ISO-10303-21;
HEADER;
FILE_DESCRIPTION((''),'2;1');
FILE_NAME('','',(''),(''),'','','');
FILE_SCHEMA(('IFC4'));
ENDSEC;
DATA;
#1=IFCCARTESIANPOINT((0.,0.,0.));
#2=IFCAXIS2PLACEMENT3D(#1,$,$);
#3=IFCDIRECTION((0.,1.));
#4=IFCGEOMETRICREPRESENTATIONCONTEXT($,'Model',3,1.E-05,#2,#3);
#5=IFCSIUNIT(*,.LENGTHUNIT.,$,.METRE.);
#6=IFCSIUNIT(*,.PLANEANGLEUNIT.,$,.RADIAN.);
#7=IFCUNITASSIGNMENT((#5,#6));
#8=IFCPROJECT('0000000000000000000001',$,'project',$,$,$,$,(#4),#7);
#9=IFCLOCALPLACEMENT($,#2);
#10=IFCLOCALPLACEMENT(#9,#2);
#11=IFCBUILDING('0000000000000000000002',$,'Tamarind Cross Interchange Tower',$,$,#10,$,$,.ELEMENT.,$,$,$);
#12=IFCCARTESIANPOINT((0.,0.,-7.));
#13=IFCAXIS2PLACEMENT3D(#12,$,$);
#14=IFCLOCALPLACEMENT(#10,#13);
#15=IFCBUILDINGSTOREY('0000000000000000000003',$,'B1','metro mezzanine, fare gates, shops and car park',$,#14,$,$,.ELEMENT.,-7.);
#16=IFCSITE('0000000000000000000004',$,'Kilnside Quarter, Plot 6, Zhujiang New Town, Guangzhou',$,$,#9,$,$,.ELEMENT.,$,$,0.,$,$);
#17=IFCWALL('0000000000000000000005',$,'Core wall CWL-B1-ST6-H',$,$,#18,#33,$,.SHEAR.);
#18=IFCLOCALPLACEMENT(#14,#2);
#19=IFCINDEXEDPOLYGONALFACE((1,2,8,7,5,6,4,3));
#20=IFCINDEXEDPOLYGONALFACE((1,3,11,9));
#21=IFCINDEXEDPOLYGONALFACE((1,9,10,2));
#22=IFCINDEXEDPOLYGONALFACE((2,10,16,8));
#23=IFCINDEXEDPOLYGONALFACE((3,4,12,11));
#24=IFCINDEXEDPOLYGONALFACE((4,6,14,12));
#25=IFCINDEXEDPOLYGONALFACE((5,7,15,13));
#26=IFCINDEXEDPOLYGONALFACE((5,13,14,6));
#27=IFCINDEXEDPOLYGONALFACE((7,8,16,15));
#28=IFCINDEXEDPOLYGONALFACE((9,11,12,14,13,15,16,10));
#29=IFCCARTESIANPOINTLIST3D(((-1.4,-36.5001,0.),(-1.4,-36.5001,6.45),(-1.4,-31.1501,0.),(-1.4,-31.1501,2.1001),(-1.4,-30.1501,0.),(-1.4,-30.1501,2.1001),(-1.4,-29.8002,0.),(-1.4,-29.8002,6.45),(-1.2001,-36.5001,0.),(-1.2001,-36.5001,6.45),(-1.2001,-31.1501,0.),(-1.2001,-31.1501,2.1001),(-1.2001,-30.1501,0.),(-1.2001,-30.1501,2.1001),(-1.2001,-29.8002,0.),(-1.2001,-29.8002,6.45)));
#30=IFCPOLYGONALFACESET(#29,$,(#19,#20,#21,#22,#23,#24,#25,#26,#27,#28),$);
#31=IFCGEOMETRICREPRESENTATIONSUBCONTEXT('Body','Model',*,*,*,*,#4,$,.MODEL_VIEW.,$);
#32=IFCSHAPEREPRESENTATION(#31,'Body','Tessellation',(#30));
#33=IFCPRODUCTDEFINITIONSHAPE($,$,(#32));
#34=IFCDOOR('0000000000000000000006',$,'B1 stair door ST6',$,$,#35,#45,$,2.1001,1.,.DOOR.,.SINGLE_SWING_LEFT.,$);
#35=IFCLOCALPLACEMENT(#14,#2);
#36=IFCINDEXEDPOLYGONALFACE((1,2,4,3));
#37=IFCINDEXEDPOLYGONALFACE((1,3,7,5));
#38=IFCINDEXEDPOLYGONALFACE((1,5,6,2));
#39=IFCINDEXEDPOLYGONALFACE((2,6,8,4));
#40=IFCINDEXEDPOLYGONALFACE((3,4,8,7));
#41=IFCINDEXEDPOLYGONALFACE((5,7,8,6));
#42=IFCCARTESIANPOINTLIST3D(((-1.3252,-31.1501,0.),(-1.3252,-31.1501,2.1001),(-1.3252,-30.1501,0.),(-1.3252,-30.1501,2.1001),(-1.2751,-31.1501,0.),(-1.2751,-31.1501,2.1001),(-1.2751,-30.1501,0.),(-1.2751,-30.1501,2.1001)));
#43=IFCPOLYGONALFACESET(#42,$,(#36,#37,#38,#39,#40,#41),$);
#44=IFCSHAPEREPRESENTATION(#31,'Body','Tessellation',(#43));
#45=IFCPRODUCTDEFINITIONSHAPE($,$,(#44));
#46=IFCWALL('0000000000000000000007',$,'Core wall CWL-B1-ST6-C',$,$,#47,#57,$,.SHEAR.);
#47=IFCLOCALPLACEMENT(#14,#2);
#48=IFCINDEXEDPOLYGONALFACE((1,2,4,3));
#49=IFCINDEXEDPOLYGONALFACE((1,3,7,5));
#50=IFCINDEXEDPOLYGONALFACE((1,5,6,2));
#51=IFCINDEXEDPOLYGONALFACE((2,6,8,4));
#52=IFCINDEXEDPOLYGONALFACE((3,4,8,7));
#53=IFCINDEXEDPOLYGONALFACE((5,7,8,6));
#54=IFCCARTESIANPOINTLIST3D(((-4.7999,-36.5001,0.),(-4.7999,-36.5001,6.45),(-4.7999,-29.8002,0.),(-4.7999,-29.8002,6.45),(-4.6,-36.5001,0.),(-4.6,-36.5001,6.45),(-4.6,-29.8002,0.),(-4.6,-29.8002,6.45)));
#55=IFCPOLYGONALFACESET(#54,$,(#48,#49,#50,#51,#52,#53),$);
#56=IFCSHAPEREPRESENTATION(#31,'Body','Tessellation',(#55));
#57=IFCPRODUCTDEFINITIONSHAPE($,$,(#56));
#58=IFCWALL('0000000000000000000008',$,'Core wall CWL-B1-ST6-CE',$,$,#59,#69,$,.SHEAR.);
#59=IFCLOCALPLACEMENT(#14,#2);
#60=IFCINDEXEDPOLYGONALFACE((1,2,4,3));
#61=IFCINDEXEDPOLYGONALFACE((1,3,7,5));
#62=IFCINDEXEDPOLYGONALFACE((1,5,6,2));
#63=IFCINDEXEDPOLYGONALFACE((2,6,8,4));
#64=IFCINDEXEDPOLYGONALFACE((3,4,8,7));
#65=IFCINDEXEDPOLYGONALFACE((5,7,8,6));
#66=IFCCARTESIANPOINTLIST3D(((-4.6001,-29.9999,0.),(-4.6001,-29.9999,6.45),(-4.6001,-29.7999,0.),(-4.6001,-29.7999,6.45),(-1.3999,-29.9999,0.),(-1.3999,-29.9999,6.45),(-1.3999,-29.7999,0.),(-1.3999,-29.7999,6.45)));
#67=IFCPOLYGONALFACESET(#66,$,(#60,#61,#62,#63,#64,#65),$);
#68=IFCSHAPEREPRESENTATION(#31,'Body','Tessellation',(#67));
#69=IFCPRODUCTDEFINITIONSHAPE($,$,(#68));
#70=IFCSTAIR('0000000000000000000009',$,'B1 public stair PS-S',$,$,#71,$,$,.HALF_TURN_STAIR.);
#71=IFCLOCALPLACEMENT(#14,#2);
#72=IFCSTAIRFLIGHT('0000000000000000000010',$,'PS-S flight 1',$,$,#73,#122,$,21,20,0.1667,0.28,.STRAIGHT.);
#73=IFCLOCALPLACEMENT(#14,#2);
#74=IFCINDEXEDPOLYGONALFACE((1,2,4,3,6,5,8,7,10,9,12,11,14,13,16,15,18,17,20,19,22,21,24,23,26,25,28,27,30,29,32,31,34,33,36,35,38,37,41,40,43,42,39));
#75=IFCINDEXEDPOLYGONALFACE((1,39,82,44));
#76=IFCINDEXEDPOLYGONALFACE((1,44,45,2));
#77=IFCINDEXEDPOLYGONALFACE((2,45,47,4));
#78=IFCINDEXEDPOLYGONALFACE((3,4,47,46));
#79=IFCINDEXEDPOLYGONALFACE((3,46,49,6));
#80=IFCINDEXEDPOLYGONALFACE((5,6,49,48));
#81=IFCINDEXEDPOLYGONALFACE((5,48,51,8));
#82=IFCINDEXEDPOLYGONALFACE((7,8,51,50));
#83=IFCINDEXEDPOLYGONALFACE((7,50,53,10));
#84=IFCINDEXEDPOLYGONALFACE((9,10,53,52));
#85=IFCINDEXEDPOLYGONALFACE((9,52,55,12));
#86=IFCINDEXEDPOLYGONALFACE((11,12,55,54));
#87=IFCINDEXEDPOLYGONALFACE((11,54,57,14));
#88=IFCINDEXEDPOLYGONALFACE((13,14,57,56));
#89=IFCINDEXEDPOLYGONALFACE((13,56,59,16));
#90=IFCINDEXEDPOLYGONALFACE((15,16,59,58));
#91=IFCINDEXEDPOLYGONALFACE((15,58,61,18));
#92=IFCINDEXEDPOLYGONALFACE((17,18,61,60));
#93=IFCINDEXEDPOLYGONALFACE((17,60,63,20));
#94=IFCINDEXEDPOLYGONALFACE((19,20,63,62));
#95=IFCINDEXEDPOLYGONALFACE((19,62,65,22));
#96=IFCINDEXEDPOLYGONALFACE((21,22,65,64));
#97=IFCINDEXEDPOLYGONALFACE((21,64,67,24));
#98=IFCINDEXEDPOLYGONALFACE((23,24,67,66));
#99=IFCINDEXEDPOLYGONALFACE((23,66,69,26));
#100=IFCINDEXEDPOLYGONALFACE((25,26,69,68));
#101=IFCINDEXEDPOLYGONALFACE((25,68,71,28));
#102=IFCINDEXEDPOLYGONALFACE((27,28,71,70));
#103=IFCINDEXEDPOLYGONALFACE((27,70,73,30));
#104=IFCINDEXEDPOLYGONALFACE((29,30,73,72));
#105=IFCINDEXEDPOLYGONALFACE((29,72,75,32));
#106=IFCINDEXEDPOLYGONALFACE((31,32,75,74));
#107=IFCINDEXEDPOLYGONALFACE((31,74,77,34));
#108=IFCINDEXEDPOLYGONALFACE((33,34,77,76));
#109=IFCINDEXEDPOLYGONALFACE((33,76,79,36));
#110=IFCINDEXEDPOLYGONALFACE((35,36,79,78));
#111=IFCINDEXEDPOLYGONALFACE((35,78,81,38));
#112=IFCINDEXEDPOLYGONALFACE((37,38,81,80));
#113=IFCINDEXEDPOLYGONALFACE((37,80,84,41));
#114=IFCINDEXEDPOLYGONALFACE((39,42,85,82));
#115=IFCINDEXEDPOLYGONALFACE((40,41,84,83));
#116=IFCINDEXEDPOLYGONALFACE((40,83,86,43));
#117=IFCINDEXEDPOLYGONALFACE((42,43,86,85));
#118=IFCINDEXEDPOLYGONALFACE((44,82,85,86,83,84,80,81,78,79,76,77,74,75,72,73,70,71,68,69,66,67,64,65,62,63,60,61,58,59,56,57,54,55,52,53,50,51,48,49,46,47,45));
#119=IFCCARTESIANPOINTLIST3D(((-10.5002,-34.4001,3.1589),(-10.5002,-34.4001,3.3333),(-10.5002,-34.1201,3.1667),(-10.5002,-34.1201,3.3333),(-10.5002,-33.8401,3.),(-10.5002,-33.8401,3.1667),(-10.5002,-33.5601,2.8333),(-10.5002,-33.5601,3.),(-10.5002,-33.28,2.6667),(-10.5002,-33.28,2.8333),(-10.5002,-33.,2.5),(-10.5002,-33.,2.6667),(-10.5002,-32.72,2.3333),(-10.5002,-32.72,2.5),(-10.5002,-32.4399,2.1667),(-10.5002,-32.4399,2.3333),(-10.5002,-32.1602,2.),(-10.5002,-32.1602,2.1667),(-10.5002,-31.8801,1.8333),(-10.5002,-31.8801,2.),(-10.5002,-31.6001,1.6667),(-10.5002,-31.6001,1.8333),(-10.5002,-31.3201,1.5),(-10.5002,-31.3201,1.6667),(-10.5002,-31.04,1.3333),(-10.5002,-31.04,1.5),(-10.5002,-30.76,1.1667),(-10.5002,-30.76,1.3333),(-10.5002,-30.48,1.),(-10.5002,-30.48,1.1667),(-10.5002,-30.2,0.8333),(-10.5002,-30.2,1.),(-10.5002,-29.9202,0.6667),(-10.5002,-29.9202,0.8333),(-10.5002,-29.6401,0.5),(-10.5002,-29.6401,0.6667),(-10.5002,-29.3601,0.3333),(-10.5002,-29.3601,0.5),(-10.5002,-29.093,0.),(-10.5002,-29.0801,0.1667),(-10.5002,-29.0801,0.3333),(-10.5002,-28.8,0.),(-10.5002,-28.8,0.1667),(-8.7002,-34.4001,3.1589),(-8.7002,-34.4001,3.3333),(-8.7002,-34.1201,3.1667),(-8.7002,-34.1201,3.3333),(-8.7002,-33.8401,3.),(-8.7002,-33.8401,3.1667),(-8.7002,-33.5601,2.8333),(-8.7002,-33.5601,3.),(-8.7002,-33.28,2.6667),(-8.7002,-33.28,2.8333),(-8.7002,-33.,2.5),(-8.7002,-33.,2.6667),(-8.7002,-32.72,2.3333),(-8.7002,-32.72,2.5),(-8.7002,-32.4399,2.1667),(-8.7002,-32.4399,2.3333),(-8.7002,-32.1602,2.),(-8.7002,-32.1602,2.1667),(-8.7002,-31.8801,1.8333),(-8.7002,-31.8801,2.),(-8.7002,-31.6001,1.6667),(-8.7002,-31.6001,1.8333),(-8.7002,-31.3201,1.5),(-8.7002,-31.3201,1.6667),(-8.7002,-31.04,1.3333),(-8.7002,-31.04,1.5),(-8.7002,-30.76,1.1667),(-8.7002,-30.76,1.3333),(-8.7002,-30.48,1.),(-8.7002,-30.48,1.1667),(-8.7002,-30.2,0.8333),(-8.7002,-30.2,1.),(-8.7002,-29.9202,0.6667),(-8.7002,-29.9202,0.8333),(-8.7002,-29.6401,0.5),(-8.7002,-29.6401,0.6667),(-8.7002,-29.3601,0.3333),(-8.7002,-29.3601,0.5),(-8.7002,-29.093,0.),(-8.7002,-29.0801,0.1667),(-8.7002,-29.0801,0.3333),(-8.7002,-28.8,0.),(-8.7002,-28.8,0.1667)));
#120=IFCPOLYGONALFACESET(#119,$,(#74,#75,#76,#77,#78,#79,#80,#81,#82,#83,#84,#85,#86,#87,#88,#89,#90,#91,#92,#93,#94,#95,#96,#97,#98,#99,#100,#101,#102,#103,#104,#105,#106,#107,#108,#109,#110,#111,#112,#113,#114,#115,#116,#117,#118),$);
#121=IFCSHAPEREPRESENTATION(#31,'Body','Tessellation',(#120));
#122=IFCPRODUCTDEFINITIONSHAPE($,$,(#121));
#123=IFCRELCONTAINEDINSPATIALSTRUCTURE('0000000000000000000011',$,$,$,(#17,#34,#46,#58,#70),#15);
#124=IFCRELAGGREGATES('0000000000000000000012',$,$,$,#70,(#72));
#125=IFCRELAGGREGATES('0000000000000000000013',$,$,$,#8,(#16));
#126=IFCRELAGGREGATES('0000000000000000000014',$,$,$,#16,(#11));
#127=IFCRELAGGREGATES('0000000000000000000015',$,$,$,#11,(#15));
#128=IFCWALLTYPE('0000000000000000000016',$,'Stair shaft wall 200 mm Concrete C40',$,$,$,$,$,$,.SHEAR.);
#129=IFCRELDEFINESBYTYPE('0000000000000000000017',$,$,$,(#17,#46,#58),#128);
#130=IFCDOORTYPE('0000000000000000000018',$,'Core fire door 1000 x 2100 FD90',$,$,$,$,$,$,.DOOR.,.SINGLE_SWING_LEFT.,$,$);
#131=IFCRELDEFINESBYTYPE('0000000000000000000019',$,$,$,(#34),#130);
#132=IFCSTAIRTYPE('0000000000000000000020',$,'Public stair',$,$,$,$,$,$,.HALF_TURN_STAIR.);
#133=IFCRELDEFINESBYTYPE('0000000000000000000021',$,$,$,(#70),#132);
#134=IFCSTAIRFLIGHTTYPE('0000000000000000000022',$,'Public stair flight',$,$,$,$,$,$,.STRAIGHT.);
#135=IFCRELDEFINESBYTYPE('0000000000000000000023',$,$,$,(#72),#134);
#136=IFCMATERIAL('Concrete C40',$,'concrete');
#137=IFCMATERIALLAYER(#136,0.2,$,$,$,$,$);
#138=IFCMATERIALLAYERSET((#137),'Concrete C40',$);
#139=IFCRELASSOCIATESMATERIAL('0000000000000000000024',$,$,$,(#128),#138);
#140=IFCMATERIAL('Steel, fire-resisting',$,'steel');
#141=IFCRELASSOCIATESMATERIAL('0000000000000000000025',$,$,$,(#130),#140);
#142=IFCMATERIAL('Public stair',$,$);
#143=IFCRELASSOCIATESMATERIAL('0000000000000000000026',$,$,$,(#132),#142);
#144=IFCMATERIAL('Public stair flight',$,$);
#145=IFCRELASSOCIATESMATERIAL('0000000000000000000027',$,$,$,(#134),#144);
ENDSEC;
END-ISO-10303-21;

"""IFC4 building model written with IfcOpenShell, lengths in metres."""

from ifc_helpers import new_model, si_unit, direction, frame, frame_2d, origin, place, context, subcontext, project, spatial, polyline, rectangle, outline, extrude, material, layer, layer_set, type_object, element, fill, aggregate, save


model = new_model("IFC4")

# Units and contexts
model_context = context("Model", 3, precision=1e-05, world=origin(), true_north=direction((0.0, 1.0)))
body_context = subcontext(model_context, "Body", "Model", "MODEL_VIEW")
ifc_project = project(units=[si_unit("LENGTHUNIT", "METRE"), si_unit("PLANEANGLEUNIT", "RADIAN")], contexts=[model_context])

# Site, building, storey
site_placement = place(None, origin())
site = spatial("IfcSite", under=ifc_project, at=site_placement, Name="Kilnside Quarter, Plot 6, Zhujiang New Town, Guangzhou", CompositionType="ELEMENT", RefElevation=0.0)
building_placement = place(site_placement, origin())
building = spatial("IfcBuilding", under=site, at=building_placement, Name="Tamarind Cross Interchange Tower", CompositionType="ELEMENT")
storey_placement = place(building_placement, frame((0.0, 0.0, -7.0)))
storey = spatial("IfcBuildingStorey", under=building, at=storey_placement, Name="B1", Description="metro mezzanine, fare gates, shops and car park", CompositionType="ELEMENT", Elevation=-7.0)

# Shared definitions
ifc_material_1 = material(Name="Concrete C40", Category="concrete")

# Wall, opening, door
ifc_layer_1 = layer(ifc_material_1, 0.2)
ifc_layer_set_1 = layer_set([ifc_layer_1], Name="Concrete C40")
wall_type_1 = type_object("IfcWallType", Name="Stair shaft wall 200 mm Concrete C40", PredefinedType="SHEAR", material=ifc_layer_set_1)
wall_1_placement = place(storey_placement, frame((-1.3, -29.8, 0.0), z_axis=(0.0, 0.0, 1.0), x_axis=(0.0, -1.0, 0.0)))
wall_1 = element("IfcWall", 1, at=wall_1_placement, inside=storey, type_object=wall_type_1, Name="Core wall CWL-B1-ST6-H", PredefinedType="SHEAR", context=body_context, shape_type="SweptSolid", body=[
    extrude(rectangle(XDim=6.7, YDim=0.2, at=frame_2d((3.3501, 0.0))), origin(), (0.0, 0.0, 1.0), 6.45),
])
opening_placement = place(wall_1_placement, frame((0.3501, 0.0, 0.0)))
opening = element("IfcOpeningElement", 2, at=opening_placement, cuts=wall_1, PredefinedType="OPENING", context=body_context, shape_type="SweptSolid", body=[
    extrude(rectangle(XDim=1.0, YDim=2.1001, at=frame_2d((0.5, 1.05))), frame((0.0, 0.1099, 0.0), z_axis=(0.0, -1.0, 0.0), x_axis=(1.0, 0.0, 0.0)), (0.0, 0.0, 1.0), 0.22),
])
ifc_material_2 = material(Name="Steel, fire-resisting", Category="steel")
door_type = type_object("IfcDoorType", Name="Core fire door 1000 x 2100 FD90", OperationType="SINGLE_SWING_LEFT", PredefinedType="DOOR", material=ifc_material_2)
door_placement = place(opening_placement, origin())
door = element("IfcDoor", 3, at=door_placement, inside=storey, type_object=door_type, Name="B1 stair door ST6", OperationType="SINGLE_SWING_LEFT", OverallHeight=2.1001, OverallWidth=1.0, PredefinedType="DOOR", context=body_context, shape_type="SweptSolid", body=[
    extrude(rectangle(XDim=1.0, YDim=2.1001, at=frame_2d((0.5, 1.05))), frame((0.0, 0.0249, 0.0), z_axis=(0.0, -1.0, 0.0), x_axis=(1.0, 0.0, 0.0)), (0.0, 0.0, 1.0), 0.05),
])
fill(opening, door)

# Walls
wall_2_placement = place(storey_placement, frame((-4.7, -29.8, 0.0), z_axis=(0.0, 0.0, 1.0), x_axis=(0.0, -1.0, 0.0)))
element("IfcWall", 4, at=wall_2_placement, inside=storey, type_object=wall_type_1, Name="Core wall CWL-B1-ST6-C", PredefinedType="SHEAR", context=body_context, shape_type="SweptSolid", body=[
    extrude(rectangle(XDim=6.7, YDim=0.2, at=frame_2d((3.3501, 0.0))), origin(), (0.0, 0.0, 1.0), 6.45),
])
wall_3_placement = place(storey_placement, frame((-4.6001, -29.8999, 0.0), z_axis=(0.0, 0.0, 1.0), x_axis=(1.0, 0.0, 0.0)))
element("IfcWall", 5, at=wall_3_placement, inside=storey, type_object=wall_type_1, Name="Core wall CWL-B1-ST6-CE", PredefinedType="SHEAR", context=body_context, shape_type="SweptSolid", body=[
    extrude(rectangle(XDim=3.2002, YDim=0.2, at=frame_2d((1.6001, 0.0))), origin(), (0.0, 0.0, 1.0), 6.45),
])

# Stair, stair flight
ifc_material_3 = material(Name="Public stair")
stair_type = type_object("IfcStairType", Name="Public stair", PredefinedType="HALF_TURN_STAIR", material=ifc_material_3)
stair_placement = place(storey_placement, origin())
stair = element("IfcStair", 6, at=stair_placement, inside=storey, type_object=stair_type, Name="B1 public stair PS-S", PredefinedType="HALF_TURN_STAIR")
ifc_material_4 = material(Name="Public stair flight")
stair_flight_type = type_object("IfcStairFlightType", Name="Public stair flight", PredefinedType="STRAIGHT", material=ifc_material_4)
stair_flight_placement = place(storey_placement, frame((-9.6001, -28.8, 0.0), z_axis=(0.0, 0.0, 1.0), x_axis=(0.0, -1.0, 0.0)))
stair_flight = element("IfcStairFlight", 7, at=stair_flight_placement, type_object=stair_flight_type, Name="PS-S flight 1", NumberOfRisers=21, NumberOfTreads=20, PredefinedType="STRAIGHT", RiserHeight=0.1667, TreadLength=0.28, context=body_context, shape_type="SweptSolid", body=[
    extrude(outline(polyline([(0.0, 0.0), (0.0, 0.1667), (0.28, 0.1667), (0.28, 0.3333), (0.5601, 0.3333), (0.5601, 0.5), (0.8401, 0.5), (0.8401, 0.6667), (1.1201, 0.6667), (1.1201, 0.8333), (1.3999, 0.8333), (1.3999, 1.0), (1.6799, 1.0), (1.6799, 1.1667), (1.96, 1.1667), (1.96, 1.3333), (2.24, 1.3333), (2.24, 1.5), (2.52, 1.5), (2.52, 1.6667), (2.8, 1.6667), (2.8, 1.8333), (3.0801, 1.8333), (3.0801, 2.0), (3.3601, 2.0), (3.3601, 2.1667), (3.6399, 2.1667), (3.6399, 2.3333), (3.9199, 2.3333), (3.9199, 2.5), (4.2, 2.5), (4.2, 2.6667), (4.48, 2.6667), (4.48, 2.8333), (4.76, 2.8333), (4.76, 3.0), (5.04, 3.0), (5.04, 3.1667), (5.3201, 3.1667), (5.3201, 3.3333), (5.6001, 3.3333), (5.6001, 3.5), (5.6001, 3.1589), (0.293, 0.0), (0.0, 0.0)])), frame((0.0, 0.8999, 0.0), z_axis=(0.0, -1.0, 0.0), x_axis=(1.0, 0.0, 0.0)), (0.0, 0.0, 1.0), 1.8),
])
aggregate(stair, [stair_flight])

save(model, "model.ifc")
